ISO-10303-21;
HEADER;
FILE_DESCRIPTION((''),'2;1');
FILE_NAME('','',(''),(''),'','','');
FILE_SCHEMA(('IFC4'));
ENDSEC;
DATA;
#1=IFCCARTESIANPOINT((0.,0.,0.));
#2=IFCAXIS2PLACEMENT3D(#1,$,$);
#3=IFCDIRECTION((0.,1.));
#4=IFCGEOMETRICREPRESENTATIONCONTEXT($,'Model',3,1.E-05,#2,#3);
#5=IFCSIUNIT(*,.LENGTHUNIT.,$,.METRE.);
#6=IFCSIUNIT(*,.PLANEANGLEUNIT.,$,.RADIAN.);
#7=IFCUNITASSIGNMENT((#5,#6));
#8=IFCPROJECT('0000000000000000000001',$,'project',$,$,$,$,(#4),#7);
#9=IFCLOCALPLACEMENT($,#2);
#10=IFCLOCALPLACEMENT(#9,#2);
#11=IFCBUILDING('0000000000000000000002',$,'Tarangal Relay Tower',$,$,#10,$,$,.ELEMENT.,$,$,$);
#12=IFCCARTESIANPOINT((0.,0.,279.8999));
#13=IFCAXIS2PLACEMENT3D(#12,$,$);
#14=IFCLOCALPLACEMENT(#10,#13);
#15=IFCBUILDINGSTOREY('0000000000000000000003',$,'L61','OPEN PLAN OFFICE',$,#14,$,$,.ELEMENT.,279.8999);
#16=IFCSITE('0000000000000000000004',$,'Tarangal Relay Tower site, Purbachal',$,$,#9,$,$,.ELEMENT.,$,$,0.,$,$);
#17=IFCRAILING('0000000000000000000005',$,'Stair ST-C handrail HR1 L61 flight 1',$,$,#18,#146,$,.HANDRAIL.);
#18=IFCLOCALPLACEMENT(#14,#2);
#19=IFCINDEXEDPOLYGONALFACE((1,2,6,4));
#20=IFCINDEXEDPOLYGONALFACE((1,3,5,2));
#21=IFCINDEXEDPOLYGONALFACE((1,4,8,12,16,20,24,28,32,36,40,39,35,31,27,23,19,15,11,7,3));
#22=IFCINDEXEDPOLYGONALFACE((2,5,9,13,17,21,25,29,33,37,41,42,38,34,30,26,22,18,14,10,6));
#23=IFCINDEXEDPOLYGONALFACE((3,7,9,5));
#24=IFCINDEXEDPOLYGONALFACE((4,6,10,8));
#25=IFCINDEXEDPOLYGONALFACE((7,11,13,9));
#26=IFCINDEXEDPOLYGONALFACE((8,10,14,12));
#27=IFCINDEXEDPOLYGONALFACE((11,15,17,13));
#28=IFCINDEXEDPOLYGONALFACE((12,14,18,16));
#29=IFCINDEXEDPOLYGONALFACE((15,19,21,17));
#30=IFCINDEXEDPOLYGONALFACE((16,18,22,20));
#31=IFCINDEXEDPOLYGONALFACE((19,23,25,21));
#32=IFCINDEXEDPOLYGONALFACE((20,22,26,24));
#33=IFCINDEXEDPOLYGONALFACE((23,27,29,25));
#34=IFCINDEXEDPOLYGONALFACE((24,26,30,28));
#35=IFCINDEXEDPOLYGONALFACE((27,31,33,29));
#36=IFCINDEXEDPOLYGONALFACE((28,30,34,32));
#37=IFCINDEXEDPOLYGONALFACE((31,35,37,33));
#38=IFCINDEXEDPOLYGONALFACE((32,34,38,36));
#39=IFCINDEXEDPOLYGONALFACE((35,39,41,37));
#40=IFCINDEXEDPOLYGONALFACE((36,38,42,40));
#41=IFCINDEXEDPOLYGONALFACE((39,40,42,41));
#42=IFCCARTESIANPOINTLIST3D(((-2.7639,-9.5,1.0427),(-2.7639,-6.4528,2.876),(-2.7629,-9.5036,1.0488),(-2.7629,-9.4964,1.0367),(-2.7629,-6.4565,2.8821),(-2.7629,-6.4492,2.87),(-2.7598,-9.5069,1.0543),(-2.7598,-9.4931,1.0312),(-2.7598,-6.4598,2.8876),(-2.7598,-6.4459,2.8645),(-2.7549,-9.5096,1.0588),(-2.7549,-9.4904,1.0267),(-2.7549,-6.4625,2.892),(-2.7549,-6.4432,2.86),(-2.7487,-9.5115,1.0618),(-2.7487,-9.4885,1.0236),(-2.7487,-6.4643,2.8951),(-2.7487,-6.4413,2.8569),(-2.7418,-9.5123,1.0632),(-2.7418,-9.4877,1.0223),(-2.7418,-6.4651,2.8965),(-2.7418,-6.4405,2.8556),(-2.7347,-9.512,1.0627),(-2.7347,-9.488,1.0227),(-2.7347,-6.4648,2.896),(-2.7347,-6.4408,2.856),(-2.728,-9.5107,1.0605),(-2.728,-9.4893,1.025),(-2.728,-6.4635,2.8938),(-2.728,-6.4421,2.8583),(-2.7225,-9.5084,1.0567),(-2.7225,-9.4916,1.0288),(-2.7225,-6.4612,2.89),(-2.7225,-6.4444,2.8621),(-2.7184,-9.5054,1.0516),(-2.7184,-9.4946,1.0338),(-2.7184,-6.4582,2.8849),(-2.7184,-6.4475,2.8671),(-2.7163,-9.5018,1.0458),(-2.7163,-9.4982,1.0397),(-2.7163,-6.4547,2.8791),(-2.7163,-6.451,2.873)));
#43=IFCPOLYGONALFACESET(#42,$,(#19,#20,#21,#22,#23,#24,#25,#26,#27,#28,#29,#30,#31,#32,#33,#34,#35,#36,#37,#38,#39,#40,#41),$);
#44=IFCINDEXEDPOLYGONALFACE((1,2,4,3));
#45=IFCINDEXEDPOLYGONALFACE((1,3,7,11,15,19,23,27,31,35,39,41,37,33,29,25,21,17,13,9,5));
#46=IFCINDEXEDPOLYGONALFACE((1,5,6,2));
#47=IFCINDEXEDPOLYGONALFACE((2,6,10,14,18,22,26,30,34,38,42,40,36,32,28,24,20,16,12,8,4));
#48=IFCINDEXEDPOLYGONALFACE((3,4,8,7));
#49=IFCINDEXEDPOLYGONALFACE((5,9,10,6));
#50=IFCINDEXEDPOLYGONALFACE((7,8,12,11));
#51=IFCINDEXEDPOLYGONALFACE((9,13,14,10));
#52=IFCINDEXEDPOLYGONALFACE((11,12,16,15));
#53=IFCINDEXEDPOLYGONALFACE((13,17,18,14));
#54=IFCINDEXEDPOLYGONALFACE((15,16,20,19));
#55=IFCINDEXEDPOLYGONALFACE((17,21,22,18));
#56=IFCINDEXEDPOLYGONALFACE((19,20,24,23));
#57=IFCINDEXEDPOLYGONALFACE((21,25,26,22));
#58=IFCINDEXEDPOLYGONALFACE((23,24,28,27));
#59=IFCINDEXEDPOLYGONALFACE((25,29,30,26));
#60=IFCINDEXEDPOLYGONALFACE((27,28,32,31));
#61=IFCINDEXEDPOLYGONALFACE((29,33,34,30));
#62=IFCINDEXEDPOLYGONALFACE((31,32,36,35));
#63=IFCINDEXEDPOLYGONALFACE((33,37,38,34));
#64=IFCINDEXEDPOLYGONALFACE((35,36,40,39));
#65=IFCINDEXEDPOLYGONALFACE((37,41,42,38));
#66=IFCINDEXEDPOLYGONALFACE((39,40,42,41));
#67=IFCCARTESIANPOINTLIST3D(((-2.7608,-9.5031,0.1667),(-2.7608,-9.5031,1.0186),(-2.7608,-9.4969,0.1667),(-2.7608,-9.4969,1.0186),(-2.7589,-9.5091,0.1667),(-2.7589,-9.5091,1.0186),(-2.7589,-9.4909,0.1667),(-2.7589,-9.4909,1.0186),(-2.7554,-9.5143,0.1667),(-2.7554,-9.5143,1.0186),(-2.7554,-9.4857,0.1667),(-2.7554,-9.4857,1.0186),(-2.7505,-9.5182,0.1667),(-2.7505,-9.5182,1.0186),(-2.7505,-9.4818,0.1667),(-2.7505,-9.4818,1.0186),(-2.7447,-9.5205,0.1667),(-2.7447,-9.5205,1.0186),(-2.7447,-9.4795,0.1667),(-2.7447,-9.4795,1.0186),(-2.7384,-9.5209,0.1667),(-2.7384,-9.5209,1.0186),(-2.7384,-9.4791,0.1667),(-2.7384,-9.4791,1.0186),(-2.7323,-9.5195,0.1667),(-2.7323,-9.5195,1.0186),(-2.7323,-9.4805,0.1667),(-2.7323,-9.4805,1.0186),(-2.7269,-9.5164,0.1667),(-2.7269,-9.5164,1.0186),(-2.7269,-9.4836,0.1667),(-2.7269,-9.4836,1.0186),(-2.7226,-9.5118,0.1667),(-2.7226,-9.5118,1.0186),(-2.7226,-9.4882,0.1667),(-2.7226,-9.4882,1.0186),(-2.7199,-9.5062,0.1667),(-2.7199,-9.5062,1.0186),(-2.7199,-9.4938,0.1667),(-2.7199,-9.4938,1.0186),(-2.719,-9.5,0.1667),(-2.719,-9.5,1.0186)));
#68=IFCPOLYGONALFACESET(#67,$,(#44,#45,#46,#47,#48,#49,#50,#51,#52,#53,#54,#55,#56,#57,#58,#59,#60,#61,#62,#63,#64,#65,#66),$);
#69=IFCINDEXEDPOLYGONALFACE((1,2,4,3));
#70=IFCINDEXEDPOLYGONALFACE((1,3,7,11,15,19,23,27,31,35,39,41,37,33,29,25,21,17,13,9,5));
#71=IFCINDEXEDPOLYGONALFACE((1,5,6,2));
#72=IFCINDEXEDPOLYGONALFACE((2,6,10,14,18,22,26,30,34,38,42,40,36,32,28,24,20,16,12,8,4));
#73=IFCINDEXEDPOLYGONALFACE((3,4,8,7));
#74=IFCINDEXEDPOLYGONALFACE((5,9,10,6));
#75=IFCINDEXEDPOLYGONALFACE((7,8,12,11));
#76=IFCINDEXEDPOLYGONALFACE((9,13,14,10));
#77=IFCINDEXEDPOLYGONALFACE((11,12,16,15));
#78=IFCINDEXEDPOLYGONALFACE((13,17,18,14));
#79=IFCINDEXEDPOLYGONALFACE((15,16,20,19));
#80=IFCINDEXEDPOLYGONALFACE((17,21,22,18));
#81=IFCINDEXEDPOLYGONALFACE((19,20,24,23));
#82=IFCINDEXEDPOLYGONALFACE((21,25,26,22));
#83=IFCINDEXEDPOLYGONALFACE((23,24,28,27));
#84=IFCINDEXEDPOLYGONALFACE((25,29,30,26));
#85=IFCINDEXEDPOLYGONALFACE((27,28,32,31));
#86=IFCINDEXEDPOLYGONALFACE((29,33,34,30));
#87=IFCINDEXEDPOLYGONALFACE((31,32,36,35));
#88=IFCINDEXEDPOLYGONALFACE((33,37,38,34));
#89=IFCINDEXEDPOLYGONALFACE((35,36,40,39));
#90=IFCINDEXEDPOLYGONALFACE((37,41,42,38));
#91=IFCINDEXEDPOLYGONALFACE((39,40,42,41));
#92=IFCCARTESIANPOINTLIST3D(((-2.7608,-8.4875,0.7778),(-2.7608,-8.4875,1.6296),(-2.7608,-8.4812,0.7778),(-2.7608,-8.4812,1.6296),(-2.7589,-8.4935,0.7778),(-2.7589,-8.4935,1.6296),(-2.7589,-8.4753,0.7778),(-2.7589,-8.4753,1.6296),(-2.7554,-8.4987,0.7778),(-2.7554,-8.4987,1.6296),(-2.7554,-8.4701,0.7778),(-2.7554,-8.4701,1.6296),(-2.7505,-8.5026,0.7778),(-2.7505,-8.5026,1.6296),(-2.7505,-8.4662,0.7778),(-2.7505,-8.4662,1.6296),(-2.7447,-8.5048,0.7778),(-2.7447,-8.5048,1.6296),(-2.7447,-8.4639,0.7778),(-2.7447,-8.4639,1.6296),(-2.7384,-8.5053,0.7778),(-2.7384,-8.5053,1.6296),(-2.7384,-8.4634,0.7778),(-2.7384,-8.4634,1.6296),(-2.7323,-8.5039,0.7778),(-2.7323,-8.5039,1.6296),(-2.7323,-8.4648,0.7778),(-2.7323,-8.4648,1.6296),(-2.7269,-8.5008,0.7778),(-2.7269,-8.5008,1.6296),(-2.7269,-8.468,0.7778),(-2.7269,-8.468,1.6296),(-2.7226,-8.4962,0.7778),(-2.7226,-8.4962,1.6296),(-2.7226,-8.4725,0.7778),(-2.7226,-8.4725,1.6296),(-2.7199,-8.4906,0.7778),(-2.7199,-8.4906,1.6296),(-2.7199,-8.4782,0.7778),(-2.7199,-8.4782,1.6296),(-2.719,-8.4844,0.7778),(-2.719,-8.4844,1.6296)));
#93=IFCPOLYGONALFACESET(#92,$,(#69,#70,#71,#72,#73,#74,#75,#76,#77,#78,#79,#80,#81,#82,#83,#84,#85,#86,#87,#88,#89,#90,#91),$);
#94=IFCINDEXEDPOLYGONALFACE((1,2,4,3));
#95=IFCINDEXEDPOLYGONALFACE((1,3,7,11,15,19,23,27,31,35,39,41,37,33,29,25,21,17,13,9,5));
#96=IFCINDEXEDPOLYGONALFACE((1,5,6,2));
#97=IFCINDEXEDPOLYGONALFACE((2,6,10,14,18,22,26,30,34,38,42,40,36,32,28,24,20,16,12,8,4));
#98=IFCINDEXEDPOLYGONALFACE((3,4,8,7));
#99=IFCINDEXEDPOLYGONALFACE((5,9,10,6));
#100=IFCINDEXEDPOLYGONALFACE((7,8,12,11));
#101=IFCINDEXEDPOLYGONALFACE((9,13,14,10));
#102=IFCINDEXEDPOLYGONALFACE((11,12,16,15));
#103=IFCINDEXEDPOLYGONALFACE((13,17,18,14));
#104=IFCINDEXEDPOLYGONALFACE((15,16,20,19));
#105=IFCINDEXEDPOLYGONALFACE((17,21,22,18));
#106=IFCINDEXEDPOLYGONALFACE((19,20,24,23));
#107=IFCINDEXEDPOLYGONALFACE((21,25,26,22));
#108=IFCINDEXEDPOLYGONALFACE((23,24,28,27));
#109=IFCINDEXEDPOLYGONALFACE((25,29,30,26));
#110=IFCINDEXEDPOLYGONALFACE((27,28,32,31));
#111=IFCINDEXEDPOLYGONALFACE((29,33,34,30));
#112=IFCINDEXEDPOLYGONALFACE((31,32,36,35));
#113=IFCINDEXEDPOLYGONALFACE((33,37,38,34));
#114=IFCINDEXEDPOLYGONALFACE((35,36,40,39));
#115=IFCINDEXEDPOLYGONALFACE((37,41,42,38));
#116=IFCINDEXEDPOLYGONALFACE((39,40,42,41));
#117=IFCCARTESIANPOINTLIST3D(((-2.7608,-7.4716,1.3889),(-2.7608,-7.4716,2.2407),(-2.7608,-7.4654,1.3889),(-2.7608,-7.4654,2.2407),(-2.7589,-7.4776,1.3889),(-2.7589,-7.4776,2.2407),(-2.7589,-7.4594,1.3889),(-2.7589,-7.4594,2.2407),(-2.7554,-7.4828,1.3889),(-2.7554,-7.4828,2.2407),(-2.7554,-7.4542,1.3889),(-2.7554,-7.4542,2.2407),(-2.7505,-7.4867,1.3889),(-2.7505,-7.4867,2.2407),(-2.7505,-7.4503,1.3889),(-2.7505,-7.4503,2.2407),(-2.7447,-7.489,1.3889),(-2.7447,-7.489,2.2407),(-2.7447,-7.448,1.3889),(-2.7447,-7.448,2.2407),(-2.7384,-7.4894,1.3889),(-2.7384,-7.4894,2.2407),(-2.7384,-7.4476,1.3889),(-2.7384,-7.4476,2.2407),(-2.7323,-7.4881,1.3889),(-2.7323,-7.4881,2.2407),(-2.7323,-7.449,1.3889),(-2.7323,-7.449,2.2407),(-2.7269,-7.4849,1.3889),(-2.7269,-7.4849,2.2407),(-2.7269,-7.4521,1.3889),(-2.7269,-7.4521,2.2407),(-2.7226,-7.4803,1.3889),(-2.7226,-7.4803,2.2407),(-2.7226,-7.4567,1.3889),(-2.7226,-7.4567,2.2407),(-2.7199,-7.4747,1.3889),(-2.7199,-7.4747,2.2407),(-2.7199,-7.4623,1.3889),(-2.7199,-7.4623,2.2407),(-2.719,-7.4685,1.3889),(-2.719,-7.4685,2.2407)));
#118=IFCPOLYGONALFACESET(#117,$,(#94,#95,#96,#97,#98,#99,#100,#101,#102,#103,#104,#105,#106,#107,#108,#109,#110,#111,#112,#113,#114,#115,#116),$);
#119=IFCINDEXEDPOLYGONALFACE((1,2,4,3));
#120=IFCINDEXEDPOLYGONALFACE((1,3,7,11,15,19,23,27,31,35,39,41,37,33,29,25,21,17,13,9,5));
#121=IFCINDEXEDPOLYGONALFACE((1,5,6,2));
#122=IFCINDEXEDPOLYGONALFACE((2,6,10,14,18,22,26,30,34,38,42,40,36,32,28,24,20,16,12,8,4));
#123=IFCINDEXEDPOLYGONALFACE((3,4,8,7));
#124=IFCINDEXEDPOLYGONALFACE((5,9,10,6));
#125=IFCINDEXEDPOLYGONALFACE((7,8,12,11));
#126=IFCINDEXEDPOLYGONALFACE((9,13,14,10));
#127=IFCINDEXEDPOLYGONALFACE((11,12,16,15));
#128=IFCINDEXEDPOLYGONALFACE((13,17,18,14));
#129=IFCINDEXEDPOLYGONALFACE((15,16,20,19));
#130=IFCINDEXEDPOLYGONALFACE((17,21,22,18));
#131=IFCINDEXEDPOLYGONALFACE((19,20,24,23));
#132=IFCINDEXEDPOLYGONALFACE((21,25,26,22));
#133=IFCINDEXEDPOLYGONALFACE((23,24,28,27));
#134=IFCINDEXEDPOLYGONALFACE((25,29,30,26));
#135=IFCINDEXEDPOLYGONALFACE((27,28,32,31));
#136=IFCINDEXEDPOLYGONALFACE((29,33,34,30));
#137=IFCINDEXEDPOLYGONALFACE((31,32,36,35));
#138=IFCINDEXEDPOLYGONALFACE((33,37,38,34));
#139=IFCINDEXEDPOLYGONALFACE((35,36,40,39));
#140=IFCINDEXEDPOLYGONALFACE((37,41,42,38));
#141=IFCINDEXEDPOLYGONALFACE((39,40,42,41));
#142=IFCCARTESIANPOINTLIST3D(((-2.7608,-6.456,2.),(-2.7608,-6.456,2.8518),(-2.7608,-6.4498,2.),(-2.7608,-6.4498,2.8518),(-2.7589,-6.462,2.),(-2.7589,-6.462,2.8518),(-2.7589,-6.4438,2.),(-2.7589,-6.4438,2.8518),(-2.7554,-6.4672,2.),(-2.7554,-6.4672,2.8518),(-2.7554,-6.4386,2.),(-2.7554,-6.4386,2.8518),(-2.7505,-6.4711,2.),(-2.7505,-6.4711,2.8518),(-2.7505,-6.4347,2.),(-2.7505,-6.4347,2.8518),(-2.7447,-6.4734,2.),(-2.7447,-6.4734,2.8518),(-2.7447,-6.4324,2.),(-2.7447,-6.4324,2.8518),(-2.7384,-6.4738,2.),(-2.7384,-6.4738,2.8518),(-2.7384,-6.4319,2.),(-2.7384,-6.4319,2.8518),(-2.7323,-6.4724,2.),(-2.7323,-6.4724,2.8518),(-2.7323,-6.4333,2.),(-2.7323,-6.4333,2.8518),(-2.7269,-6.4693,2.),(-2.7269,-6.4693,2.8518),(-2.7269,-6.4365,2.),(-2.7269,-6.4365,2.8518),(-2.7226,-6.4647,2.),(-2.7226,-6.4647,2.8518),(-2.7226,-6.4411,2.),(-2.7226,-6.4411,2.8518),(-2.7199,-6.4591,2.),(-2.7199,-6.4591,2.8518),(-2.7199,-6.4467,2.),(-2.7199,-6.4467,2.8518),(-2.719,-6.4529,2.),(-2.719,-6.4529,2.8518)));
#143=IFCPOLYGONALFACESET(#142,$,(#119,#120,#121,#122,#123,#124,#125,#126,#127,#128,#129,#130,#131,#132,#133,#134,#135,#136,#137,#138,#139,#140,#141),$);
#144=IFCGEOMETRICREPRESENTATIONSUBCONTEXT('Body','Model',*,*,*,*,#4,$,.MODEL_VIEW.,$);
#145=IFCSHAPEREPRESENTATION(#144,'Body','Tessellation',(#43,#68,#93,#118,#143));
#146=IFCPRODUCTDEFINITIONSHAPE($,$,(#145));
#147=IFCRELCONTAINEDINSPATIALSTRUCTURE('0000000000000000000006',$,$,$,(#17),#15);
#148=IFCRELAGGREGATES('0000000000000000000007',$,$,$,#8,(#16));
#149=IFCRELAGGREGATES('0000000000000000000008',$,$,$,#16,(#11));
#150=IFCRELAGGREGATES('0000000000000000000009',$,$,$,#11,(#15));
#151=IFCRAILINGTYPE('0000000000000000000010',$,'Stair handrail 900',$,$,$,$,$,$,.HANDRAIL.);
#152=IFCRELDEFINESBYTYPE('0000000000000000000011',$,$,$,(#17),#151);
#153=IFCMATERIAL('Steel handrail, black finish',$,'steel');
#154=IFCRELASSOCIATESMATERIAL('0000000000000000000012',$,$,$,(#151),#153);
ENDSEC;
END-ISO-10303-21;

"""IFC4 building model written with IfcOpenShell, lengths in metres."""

from ifc_helpers import new_model, si_unit, direction, frame, origin, origin_2d, place, context, subcontext, project, spatial, circle, extrude, material, type_object, element, save


model = new_model("IFC4")

# Units and contexts
model_context = context("Model", 3, precision=1e-05, world=origin(), true_north=direction((0.0, 1.0)))
body_context = subcontext(model_context, "Body", "Model", "MODEL_VIEW")
ifc_project = project(units=[si_unit("LENGTHUNIT", "METRE"), si_unit("PLANEANGLEUNIT", "RADIAN")], contexts=[model_context])

# Site, building, storey
site_placement = place(None, origin())
site = spatial("IfcSite", under=ifc_project, at=site_placement, Name="Tarangal Relay Tower site, Purbachal", CompositionType="ELEMENT", RefElevation=0.0)
building_placement = place(site_placement, origin())
building = spatial("IfcBuilding", under=site, at=building_placement, Name="Tarangal Relay Tower", CompositionType="ELEMENT")
storey_placement = place(building_placement, frame((0.0, 0.0, 279.8999)))
storey = spatial("IfcBuildingStorey", under=building, at=storey_placement, Name="L61", Description="OPEN PLAN OFFICE", CompositionType="ELEMENT", Elevation=279.8999)

# Railing
ifc_material_1 = material(Name="Steel handrail, black finish", Category="steel")
railing_type_1 = type_object("IfcRailingType", Name="Stair handrail 900", PredefinedType="HANDRAIL", material=ifc_material_1)
railing_1_placement = place(storey_placement, frame((-2.74, -9.5, 0.1667)))
element("IfcRailing", 1, at=railing_1_placement, inside=storey, type_object=railing_type_1, Name="Stair ST-C handrail HR1 L61 flight 1", PredefinedType="HANDRAIL", context=body_context, shape_type="SweptSolid", body=[
    extrude(circle(Radius=0.0239, at=origin_2d()), frame((0.0, 0.0, 0.876), z_axis=(0.0, 0.856874, 0.515525), x_axis=(-1.0, 0.0, 0.0)), (0.0, 0.0, 1.0), 3.5562),
    extrude(circle(Radius=0.021, at=origin_2d()), origin(), (0.0, 0.0, 1.0), 0.8518),
    extrude(circle(Radius=0.021, at=origin_2d()), frame((0.0, 1.0156, 0.6111)), (0.0, 0.0, 1.0), 0.8518),
    extrude(circle(Radius=0.021, at=origin_2d()), frame((0.0, 2.0315, 1.2222)), (0.0, 0.0, 1.0), 0.8518),
    extrude(circle(Radius=0.021, at=origin_2d()), frame((0.0, 3.0471, 1.8333)), (0.0, 0.0, 1.0), 0.8518),
])

save(model, "model.ifc")
